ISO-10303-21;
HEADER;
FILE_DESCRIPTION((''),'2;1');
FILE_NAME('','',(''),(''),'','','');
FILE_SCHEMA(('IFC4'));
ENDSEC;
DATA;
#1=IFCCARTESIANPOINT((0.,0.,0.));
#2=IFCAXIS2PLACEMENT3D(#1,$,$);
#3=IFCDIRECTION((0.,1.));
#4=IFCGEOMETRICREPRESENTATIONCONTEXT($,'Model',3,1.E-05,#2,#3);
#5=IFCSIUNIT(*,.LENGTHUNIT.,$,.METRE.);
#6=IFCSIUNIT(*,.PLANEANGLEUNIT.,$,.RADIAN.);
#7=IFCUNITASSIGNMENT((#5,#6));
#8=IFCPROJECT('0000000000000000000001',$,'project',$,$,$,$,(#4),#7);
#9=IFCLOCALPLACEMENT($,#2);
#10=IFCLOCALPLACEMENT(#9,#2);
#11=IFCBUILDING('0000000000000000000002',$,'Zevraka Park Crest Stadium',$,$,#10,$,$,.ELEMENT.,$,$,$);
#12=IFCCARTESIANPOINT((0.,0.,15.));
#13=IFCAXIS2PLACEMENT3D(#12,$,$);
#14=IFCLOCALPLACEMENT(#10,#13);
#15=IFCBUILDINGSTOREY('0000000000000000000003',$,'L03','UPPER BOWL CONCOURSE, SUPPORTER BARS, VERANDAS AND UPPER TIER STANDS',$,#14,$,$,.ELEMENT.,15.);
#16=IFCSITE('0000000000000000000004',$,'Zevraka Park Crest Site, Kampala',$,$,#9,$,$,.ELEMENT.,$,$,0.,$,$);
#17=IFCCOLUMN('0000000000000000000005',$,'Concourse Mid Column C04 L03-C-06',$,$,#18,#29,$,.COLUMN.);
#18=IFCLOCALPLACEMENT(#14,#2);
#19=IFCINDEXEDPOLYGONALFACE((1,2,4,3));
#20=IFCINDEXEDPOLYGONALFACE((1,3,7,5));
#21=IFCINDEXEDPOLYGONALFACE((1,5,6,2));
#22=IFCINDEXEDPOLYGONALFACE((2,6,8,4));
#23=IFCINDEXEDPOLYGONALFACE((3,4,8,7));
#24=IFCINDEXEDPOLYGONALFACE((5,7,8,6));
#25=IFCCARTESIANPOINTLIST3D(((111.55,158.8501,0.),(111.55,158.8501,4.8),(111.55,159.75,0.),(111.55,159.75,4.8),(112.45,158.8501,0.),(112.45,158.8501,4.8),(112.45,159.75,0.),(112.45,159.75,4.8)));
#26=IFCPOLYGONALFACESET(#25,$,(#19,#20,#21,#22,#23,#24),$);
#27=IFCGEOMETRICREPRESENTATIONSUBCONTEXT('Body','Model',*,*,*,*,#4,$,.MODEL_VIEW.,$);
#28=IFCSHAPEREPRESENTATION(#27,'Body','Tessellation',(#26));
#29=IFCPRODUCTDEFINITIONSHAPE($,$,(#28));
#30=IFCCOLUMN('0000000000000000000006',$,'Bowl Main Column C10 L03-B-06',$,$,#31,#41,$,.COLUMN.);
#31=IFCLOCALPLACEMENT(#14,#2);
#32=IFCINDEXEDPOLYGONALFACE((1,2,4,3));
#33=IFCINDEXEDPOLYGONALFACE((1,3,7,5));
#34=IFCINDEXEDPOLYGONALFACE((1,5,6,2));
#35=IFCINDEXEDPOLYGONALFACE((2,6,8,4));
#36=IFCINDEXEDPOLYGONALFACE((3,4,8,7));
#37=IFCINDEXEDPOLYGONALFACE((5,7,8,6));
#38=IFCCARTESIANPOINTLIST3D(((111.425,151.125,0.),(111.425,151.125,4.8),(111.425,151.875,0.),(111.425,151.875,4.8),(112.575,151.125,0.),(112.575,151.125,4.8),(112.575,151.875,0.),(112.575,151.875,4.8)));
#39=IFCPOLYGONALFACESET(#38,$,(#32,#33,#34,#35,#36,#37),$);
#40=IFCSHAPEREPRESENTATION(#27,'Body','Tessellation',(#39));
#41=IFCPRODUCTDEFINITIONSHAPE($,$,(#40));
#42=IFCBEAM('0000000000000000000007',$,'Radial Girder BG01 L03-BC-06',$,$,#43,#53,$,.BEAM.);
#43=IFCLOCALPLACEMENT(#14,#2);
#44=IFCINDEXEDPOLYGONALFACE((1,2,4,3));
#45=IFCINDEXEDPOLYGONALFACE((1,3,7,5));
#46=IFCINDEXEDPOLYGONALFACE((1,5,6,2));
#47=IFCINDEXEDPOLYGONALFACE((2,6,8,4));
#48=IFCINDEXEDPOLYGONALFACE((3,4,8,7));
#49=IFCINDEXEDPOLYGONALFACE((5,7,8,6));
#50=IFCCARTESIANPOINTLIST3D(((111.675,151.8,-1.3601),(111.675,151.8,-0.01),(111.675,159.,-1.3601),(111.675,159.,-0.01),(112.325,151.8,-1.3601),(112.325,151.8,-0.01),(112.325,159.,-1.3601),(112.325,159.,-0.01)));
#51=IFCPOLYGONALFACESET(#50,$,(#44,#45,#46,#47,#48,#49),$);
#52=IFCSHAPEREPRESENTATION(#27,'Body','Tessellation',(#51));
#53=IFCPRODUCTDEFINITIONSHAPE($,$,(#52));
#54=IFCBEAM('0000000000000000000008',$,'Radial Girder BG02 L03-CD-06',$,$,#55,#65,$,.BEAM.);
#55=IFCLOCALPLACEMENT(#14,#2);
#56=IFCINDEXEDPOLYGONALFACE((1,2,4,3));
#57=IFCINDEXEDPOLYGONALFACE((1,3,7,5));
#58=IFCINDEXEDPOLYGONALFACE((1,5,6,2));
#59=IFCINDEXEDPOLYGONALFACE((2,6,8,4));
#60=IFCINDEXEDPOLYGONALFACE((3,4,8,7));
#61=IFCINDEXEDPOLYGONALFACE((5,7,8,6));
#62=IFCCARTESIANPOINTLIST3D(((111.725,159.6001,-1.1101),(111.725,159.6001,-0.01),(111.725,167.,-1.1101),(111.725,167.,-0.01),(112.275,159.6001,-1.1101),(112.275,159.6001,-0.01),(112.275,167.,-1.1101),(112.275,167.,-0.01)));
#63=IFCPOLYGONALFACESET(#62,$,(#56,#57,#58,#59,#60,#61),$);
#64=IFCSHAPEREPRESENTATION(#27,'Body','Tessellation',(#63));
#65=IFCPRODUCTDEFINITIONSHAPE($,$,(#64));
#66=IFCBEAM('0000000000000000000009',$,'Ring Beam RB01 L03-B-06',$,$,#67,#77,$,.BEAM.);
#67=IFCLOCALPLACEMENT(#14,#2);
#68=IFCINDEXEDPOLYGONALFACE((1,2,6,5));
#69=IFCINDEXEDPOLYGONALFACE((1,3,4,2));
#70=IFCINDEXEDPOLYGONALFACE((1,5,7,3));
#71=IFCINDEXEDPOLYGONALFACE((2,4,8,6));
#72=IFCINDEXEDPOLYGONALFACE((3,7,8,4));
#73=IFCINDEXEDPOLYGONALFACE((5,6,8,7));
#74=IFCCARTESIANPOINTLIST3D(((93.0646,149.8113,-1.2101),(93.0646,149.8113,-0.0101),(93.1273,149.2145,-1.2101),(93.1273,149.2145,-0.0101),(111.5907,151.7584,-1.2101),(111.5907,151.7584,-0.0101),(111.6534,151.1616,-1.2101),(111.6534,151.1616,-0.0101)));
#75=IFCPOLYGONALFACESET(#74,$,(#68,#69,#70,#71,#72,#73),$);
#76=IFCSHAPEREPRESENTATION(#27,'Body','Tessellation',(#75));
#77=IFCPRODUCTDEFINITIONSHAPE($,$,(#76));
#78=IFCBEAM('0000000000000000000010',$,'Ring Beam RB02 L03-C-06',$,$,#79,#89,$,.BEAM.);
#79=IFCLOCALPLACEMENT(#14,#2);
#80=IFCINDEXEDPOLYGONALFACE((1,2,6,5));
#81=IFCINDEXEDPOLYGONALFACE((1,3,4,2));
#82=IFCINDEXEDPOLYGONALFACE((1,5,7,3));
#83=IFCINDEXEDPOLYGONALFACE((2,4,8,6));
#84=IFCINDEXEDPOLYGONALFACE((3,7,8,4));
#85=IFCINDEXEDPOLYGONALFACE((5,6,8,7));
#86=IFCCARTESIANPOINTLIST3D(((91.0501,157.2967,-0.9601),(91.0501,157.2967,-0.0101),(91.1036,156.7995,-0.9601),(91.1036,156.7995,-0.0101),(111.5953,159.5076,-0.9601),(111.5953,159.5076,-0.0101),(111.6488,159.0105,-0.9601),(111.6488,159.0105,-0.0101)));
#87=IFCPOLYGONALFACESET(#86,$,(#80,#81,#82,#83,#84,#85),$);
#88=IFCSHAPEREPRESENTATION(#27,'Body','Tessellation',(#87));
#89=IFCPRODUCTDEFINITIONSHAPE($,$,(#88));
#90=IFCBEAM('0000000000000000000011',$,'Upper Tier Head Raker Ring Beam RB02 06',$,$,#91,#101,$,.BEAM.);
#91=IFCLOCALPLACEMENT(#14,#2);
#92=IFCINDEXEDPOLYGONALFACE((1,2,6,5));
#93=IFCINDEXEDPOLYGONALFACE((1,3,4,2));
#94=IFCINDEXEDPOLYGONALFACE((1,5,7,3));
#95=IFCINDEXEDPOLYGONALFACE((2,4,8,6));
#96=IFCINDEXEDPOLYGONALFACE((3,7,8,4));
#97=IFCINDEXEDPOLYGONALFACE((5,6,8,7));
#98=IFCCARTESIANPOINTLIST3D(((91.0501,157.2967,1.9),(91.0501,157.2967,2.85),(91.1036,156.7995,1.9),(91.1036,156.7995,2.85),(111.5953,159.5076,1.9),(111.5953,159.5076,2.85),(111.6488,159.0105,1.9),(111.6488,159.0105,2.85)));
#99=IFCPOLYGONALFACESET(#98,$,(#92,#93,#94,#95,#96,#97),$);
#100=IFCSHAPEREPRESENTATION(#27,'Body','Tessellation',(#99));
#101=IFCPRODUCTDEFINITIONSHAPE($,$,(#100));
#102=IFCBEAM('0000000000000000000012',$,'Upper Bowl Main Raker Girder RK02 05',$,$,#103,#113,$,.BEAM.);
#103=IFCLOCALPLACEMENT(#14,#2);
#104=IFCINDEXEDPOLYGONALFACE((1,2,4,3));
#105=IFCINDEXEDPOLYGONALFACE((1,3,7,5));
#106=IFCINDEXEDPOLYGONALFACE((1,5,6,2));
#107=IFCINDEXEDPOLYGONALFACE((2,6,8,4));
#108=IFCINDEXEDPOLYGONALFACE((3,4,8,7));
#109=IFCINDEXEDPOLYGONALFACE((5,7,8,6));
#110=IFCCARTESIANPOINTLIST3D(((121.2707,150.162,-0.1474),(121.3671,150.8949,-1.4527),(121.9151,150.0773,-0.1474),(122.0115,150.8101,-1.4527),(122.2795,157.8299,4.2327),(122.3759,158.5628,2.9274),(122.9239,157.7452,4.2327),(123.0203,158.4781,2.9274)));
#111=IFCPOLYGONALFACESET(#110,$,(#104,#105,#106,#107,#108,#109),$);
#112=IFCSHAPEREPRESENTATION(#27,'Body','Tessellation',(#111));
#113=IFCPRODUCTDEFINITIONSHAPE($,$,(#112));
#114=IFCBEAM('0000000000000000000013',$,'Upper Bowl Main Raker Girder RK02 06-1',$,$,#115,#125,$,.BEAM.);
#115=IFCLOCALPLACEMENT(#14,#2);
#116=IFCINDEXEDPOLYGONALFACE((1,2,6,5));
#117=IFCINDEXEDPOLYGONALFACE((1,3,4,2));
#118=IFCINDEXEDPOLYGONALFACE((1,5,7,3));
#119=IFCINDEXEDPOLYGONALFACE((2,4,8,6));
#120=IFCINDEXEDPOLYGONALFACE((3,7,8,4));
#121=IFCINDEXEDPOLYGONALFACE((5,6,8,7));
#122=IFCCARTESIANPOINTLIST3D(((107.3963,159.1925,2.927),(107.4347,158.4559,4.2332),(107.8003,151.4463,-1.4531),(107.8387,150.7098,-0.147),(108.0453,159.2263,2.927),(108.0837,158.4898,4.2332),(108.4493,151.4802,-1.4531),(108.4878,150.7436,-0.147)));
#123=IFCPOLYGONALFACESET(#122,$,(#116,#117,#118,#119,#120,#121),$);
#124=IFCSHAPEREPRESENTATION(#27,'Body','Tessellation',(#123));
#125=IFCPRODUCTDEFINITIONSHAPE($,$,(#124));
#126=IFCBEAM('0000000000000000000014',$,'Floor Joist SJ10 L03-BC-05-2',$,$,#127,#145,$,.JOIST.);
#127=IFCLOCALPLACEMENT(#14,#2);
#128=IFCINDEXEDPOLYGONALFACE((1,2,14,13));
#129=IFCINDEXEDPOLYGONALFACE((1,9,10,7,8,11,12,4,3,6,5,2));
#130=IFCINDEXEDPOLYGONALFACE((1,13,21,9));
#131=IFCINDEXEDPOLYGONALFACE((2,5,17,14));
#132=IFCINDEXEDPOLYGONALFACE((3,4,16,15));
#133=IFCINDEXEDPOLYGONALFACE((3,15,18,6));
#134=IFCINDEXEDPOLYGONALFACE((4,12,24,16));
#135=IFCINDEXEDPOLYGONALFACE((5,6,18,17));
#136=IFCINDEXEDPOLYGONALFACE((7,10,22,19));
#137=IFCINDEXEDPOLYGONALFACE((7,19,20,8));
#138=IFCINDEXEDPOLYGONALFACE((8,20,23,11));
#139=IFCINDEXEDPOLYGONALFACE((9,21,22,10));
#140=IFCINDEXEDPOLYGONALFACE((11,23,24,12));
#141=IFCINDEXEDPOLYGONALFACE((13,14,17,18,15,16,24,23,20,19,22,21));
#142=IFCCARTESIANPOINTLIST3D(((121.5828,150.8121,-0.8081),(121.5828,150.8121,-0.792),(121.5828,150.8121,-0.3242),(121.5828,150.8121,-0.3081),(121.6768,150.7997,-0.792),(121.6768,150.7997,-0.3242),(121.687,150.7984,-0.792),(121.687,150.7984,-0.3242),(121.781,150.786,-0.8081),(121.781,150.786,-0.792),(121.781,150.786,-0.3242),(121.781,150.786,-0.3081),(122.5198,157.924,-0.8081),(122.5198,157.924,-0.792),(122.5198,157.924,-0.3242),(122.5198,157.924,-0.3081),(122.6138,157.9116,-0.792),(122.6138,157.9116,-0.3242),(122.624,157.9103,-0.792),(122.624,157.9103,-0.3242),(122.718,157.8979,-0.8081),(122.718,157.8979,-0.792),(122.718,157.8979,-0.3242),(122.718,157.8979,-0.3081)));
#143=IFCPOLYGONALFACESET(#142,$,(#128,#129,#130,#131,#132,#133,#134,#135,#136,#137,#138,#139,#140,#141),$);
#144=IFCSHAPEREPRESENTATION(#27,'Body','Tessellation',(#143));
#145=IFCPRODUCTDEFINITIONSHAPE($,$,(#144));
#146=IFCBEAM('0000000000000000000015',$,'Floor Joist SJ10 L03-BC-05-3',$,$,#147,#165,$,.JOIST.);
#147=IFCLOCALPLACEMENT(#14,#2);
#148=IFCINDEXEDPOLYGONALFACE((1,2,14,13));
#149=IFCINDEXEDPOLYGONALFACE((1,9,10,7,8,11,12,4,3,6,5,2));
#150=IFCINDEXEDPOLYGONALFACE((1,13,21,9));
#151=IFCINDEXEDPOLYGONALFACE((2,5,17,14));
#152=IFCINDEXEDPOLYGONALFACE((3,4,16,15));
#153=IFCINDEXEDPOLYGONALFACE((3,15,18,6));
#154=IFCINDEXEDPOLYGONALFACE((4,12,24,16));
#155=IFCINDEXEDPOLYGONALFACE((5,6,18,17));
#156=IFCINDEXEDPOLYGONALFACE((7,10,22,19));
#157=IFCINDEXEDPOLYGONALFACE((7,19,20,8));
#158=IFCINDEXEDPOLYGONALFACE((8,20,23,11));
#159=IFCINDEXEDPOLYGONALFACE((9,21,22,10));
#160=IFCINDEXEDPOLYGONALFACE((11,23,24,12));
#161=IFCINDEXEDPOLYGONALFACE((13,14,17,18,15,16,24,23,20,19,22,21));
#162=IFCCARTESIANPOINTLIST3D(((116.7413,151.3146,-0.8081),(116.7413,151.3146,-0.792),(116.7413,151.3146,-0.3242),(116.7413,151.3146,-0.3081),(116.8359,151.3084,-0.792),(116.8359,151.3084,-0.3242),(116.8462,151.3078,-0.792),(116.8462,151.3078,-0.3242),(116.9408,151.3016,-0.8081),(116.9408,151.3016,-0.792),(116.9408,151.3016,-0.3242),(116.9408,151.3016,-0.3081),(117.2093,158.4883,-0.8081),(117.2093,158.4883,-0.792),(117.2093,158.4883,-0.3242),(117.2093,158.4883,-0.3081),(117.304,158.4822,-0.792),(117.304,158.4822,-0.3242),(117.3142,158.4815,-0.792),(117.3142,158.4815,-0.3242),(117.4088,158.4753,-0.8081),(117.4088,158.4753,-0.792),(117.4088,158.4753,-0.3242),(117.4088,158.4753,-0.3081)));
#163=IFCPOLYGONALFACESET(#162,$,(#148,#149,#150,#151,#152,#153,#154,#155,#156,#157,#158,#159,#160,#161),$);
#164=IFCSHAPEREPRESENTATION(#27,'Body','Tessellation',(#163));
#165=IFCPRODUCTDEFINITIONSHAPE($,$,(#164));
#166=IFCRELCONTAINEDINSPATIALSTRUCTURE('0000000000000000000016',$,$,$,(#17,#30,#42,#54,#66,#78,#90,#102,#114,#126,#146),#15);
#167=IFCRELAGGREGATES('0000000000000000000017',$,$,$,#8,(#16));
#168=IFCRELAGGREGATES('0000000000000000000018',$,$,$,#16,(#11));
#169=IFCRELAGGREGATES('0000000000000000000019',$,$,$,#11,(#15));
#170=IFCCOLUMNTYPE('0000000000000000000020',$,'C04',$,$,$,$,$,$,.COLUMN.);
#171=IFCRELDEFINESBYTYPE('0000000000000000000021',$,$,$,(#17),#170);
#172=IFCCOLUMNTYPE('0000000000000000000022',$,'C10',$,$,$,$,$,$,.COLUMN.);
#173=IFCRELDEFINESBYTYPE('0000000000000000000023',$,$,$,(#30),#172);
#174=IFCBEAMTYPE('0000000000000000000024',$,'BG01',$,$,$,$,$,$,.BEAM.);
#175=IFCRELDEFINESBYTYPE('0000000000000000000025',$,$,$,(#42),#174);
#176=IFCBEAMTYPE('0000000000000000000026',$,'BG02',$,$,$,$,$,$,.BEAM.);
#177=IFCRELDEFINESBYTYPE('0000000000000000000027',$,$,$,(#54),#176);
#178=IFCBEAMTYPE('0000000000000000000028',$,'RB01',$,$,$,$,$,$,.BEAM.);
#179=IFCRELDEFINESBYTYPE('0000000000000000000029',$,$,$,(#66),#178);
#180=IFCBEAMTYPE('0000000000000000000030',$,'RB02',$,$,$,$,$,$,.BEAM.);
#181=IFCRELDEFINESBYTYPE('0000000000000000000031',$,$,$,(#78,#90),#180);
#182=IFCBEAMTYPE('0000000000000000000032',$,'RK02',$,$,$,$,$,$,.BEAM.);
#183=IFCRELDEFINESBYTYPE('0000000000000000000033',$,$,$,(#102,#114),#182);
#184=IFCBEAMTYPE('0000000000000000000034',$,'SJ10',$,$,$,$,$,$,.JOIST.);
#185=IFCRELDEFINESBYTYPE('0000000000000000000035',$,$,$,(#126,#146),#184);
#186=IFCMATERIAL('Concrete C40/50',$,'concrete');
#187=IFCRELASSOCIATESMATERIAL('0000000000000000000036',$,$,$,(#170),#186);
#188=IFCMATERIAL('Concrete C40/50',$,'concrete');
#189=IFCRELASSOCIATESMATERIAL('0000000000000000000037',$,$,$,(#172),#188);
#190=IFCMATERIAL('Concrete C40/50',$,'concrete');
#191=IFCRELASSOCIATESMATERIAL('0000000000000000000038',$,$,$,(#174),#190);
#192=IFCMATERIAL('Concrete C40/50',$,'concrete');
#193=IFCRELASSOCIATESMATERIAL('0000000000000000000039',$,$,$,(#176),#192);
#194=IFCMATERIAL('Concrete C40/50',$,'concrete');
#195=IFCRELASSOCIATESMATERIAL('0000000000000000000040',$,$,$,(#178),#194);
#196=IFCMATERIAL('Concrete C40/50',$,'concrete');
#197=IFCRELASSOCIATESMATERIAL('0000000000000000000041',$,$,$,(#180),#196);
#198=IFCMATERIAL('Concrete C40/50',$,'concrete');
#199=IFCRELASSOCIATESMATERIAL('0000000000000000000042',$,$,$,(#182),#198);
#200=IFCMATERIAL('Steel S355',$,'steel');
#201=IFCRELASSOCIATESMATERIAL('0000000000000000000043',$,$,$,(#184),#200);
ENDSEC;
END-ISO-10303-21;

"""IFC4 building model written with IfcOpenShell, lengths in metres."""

from ifc_helpers import new_model, si_unit, direction, frame, origin, origin_2d, place, context, subcontext, project, spatial, rectangle, i_section, extrude, material, material_profile, profile_set, type_object, element, save


model = new_model("IFC4")

# Units and contexts
model_context = context("Model", 3, precision=1e-05, world=origin(), true_north=direction((0.0, 1.0)))
body_context = subcontext(model_context, "Body", "Model", "MODEL_VIEW")
ifc_project = project(units=[si_unit("LENGTHUNIT", "METRE"), si_unit("PLANEANGLEUNIT", "RADIAN")], contexts=[model_context])

# Site, building, storey
site_placement = place(None, origin())
site = spatial("IfcSite", under=ifc_project, at=site_placement, Name="Zevraka Park Crest Site, Kampala", CompositionType="ELEMENT", RefElevation=0.0)
building_placement = place(site_placement, origin())
building = spatial("IfcBuilding", under=site, at=building_placement, Name="Zevraka Park Crest Stadium", CompositionType="ELEMENT")
storey_placement = place(building_placement, frame((0.0, 0.0, 15.0)))
storey = spatial("IfcBuildingStorey", under=building, at=storey_placement, Name="L03", Description="UPPER BOWL CONCOURSE, SUPPORTER BARS, VERANDAS AND UPPER TIER STANDS", CompositionType="ELEMENT", Elevation=15.0)

# Columns
ifc_material_1 = material(Name="Concrete C40/50", Category="concrete")
ifc_material_profile_1 = material_profile(ifc_material_1, rectangle(XDim=0.8999, YDim=0.8999, at=origin_2d()), Name="RC 900x900")
ifc_profile_set_1 = profile_set([ifc_material_profile_1], Name="Concrete C40/50")
column_type_1 = type_object("IfcColumnType", Name="C04", PredefinedType="COLUMN", material=ifc_profile_set_1)
column_1_placement = place(storey_placement, frame((112.0, 159.3, 0.0), z_axis=(0.0, 0.0, 1.0), x_axis=(0.0, 1.0, 0.0)))
element("IfcColumn", 1, at=column_1_placement, inside=storey, type_object=column_type_1, Name="Concourse Mid Column C04 L03-C-06", PredefinedType="COLUMN", context=body_context, shape_type="SweptSolid", body=[
    extrude(rectangle(XDim=0.8999, YDim=0.8999, at=origin_2d()), origin(), (0.0, 0.0, 1.0), 4.8),
])
ifc_material_2 = material(Name="Concrete C40/50", Category="concrete")
ifc_material_profile_2 = material_profile(ifc_material_2, rectangle(XDim=0.75, YDim=1.1499, at=origin_2d()), Name="RC 1150x750")
ifc_profile_set_2 = profile_set([ifc_material_profile_2], Name="Concrete C40/50")
column_type_2 = type_object("IfcColumnType", Name="C10", PredefinedType="COLUMN", material=ifc_profile_set_2)
column_2_placement = place(storey_placement, frame((112.0, 151.5, 0.0), z_axis=(0.0, 0.0, 1.0), x_axis=(0.0, 1.0, 0.0)))
element("IfcColumn", 2, at=column_2_placement, inside=storey, type_object=column_type_2, Name="Bowl Main Column C10 L03-B-06", PredefinedType="COLUMN", context=body_context, shape_type="SweptSolid", body=[
    extrude(rectangle(XDim=0.75, YDim=1.1499, at=origin_2d()), origin(), (0.0, 0.0, 1.0), 4.8),
])

# Beams
ifc_material_3 = material(Name="Concrete C40/50", Category="concrete")
ifc_material_profile_3 = material_profile(ifc_material_3, rectangle(XDim=0.6499, YDim=1.3501, at=origin_2d()), Name="RC 1350x650")
ifc_profile_set_3 = profile_set([ifc_material_profile_3], Name="Concrete C40/50")
beam_type_1 = type_object("IfcBeamType", Name="BG01", PredefinedType="BEAM", material=ifc_profile_set_3)
beam_1_placement = place(storey_placement, frame((112.0, 151.8, -0.6851), z_axis=(0.0, 1.0, 0.0), x_axis=(-1.0, 0.0, 0.0)))
element("IfcBeam", 3, at=beam_1_placement, inside=storey, type_object=beam_type_1, Name="Radial Girder BG01 L03-BC-06", PredefinedType="BEAM", context=body_context, shape_type="SweptSolid", body=[
    extrude(rectangle(XDim=0.6499, YDim=1.3501, at=origin_2d()), origin(), (0.0, 0.0, 1.0), 7.2),
])
ifc_material_4 = material(Name="Concrete C40/50", Category="concrete")
ifc_material_profile_4 = material_profile(ifc_material_4, rectangle(XDim=0.55, YDim=1.1001, at=origin_2d()), Name="RC 1100x550")
ifc_profile_set_4 = profile_set([ifc_material_profile_4], Name="Concrete C40/50")
beam_type_2 = type_object("IfcBeamType", Name="BG02", PredefinedType="BEAM", material=ifc_profile_set_4)
beam_2_placement = place(storey_placement, frame((112.0, 159.6001, -0.5601), z_axis=(0.0, 1.0, 0.0), x_axis=(-1.0, 0.0, 0.0)))
element("IfcBeam", 4, at=beam_2_placement, inside=storey, type_object=beam_type_2, Name="Radial Girder BG02 L03-CD-06", PredefinedType="BEAM", context=body_context, shape_type="SweptSolid", body=[
    extrude(rectangle(XDim=0.55, YDim=1.1001, at=origin_2d()), origin(), (0.0, 0.0, 1.0), 7.3999),
])
ifc_material_5 = material(Name="Concrete C40/50", Category="concrete")
ifc_material_profile_5 = material_profile(ifc_material_5, rectangle(XDim=0.6001, YDim=1.2, at=origin_2d()), Name="RC 1200x600")
ifc_profile_set_5 = profile_set([ifc_material_profile_5], Name="Concrete C40/50")
beam_type_3 = type_object("IfcBeamType", Name="RB01", PredefinedType="BEAM", material=ifc_profile_set_5)
beam_3_placement = place(storey_placement, frame((111.6221, 151.46, -0.6101), z_axis=(-0.994523, -0.10452, 0.0), x_axis=(0.10452, -0.994523, 0.0)))
element("IfcBeam", 5, at=beam_3_placement, inside=storey, type_object=beam_type_3, Name="Ring Beam RB01 L03-B-06", PredefinedType="BEAM", context=body_context, shape_type="SweptSolid", body=[
    extrude(rectangle(XDim=0.6001, YDim=1.2, at=origin_2d()), origin(), (0.0, 0.0, 1.0), 18.6282),
])
ifc_material_6 = material(Name="Concrete C40/50", Category="concrete")
ifc_material_profile_6 = material_profile(ifc_material_6, rectangle(XDim=0.5, YDim=0.95, at=origin_2d()), Name="RC 950x500")
ifc_profile_set_6 = profile_set([ifc_material_profile_6], Name="Concrete C40/50")
beam_type_4 = type_object("IfcBeamType", Name="RB02", PredefinedType="BEAM", material=ifc_profile_set_6)
for number, where, z_axis, x_axis, name in (
    (6, (111.6221, 159.259, -0.4851), (-0.994259, -0.106996, 0.0), (0.106996, -0.994259, 0.0), "Ring Beam RB02 L03-C-06"),
    (7, (111.6221, 159.259, 2.375), (-0.994259, -0.106996, 0.0), (0.106996, -0.994259, 0.0), "Upper Tier Head Raker Ring Beam RB02 06"),
):
    element("IfcBeam", number, at=place(storey_placement, frame(where, z_axis=z_axis, x_axis=x_axis)), inside=storey, type_object=beam_type_4, Name=name, PredefinedType="BEAM", context=body_context, shape_type="SweptSolid", body=[
        extrude(rectangle(XDim=0.5, YDim=0.95, at=origin_2d()), origin(), (0.0, 0.0, 1.0), 20.6638),
    ])
ifc_material_7 = material(Name="Concrete C40/50", Category="concrete")
ifc_material_profile_7 = material_profile(ifc_material_7, rectangle(XDim=0.6499, YDim=1.5, at=origin_2d()), Name="RC 1500x650")
ifc_profile_set_7 = profile_set([ifc_material_profile_7], Name="Concrete C40/50")
beam_type_5 = type_object("IfcBeamType", Name="RK02", PredefinedType="BEAM", material=ifc_profile_set_7)
beam_4_placement = place(storey_placement, frame((121.6411, 150.4861, -0.8), z_axis=(0.113497, 0.862709, 0.4928), x_axis=(-0.991457, 0.130435, 0.0)))
element("IfcBeam", 8, at=beam_4_placement, inside=storey, type_object=beam_type_5, Name="Upper Bowl Main Raker Girder RK02 05", PredefinedType="BEAM", context=body_context, shape_type="SweptSolid", body=[
    extrude(rectangle(XDim=0.6499, YDim=1.5, at=origin_2d()), origin(), (0.0, 0.0, 1.0), 8.8882),
])
beam_5_placement = place(storey_placement, frame((108.144, 151.095, -0.8), z_axis=(-0.045359, 0.869575, 0.491712), x_axis=(-0.998642, -0.052091, 0.0)))
element("IfcBeam", 9, at=beam_5_placement, inside=storey, type_object=beam_type_5, Name="Upper Bowl Main Raker Girder RK02 06-1", PredefinedType="BEAM", context=body_context, shape_type="SweptSolid", body=[
    extrude(rectangle(XDim=0.6499, YDim=1.5, at=origin_2d()), origin(), (0.0, 0.0, 1.0), 8.908),
])
ifc_material_8 = material(Name="Steel S355", Category="steel")
ifc_material_profile_8 = material_profile(ifc_material_8, i_section(OverallWidth=0.2, OverallDepth=0.5, WebThickness=0.0103, FlangeThickness=0.0161, at=origin_2d()), Name="IPE 500")
ifc_profile_set_8 = profile_set([ifc_material_profile_8], Name="Steel S355")
beam_type_6 = type_object("IfcBeamType", Name="SJ10", PredefinedType="JOIST", material=ifc_profile_set_8)
beam_6_placement = place(storey_placement, frame((121.6819, 150.7991, -0.5581), z_axis=(0.130625, 0.991432, 0.0), x_axis=(-0.991432, 0.130625, 0.0)))
element("IfcBeam", 10, at=beam_6_placement, inside=storey, type_object=beam_type_6, Name="Floor Joist SJ10 L03-BC-05-2", PredefinedType="JOIST", context=body_context, shape_type="SweptSolid", body=[
    extrude(i_section(OverallWidth=0.2, OverallDepth=0.5, WebThickness=0.0103, FlangeThickness=0.0161, at=origin_2d()), origin(), (0.0, 0.0, 1.0), 7.1733),
])
for number, where, z_axis, x_axis, name in (
    (11, (116.8411, 151.3081, -0.5581), (0.065101, 0.997879, 0.0), (-0.997879, 0.065101, 0.0), "Floor Joist SJ10 L03-BC-05-3"),
):
    element("IfcBeam", number, at=place(storey_placement, frame(where, z_axis=z_axis, x_axis=x_axis)), inside=storey, type_object=beam_type_6, Name=name, PredefinedType="JOIST", context=body_context, shape_type="SweptSolid", body=[
        extrude(i_section(OverallWidth=0.2, OverallDepth=0.5, WebThickness=0.0103, FlangeThickness=0.0161, at=origin_2d()), origin(), (0.0, 0.0, 1.0), 7.189),
    ])

save(model, "model.ifc")
